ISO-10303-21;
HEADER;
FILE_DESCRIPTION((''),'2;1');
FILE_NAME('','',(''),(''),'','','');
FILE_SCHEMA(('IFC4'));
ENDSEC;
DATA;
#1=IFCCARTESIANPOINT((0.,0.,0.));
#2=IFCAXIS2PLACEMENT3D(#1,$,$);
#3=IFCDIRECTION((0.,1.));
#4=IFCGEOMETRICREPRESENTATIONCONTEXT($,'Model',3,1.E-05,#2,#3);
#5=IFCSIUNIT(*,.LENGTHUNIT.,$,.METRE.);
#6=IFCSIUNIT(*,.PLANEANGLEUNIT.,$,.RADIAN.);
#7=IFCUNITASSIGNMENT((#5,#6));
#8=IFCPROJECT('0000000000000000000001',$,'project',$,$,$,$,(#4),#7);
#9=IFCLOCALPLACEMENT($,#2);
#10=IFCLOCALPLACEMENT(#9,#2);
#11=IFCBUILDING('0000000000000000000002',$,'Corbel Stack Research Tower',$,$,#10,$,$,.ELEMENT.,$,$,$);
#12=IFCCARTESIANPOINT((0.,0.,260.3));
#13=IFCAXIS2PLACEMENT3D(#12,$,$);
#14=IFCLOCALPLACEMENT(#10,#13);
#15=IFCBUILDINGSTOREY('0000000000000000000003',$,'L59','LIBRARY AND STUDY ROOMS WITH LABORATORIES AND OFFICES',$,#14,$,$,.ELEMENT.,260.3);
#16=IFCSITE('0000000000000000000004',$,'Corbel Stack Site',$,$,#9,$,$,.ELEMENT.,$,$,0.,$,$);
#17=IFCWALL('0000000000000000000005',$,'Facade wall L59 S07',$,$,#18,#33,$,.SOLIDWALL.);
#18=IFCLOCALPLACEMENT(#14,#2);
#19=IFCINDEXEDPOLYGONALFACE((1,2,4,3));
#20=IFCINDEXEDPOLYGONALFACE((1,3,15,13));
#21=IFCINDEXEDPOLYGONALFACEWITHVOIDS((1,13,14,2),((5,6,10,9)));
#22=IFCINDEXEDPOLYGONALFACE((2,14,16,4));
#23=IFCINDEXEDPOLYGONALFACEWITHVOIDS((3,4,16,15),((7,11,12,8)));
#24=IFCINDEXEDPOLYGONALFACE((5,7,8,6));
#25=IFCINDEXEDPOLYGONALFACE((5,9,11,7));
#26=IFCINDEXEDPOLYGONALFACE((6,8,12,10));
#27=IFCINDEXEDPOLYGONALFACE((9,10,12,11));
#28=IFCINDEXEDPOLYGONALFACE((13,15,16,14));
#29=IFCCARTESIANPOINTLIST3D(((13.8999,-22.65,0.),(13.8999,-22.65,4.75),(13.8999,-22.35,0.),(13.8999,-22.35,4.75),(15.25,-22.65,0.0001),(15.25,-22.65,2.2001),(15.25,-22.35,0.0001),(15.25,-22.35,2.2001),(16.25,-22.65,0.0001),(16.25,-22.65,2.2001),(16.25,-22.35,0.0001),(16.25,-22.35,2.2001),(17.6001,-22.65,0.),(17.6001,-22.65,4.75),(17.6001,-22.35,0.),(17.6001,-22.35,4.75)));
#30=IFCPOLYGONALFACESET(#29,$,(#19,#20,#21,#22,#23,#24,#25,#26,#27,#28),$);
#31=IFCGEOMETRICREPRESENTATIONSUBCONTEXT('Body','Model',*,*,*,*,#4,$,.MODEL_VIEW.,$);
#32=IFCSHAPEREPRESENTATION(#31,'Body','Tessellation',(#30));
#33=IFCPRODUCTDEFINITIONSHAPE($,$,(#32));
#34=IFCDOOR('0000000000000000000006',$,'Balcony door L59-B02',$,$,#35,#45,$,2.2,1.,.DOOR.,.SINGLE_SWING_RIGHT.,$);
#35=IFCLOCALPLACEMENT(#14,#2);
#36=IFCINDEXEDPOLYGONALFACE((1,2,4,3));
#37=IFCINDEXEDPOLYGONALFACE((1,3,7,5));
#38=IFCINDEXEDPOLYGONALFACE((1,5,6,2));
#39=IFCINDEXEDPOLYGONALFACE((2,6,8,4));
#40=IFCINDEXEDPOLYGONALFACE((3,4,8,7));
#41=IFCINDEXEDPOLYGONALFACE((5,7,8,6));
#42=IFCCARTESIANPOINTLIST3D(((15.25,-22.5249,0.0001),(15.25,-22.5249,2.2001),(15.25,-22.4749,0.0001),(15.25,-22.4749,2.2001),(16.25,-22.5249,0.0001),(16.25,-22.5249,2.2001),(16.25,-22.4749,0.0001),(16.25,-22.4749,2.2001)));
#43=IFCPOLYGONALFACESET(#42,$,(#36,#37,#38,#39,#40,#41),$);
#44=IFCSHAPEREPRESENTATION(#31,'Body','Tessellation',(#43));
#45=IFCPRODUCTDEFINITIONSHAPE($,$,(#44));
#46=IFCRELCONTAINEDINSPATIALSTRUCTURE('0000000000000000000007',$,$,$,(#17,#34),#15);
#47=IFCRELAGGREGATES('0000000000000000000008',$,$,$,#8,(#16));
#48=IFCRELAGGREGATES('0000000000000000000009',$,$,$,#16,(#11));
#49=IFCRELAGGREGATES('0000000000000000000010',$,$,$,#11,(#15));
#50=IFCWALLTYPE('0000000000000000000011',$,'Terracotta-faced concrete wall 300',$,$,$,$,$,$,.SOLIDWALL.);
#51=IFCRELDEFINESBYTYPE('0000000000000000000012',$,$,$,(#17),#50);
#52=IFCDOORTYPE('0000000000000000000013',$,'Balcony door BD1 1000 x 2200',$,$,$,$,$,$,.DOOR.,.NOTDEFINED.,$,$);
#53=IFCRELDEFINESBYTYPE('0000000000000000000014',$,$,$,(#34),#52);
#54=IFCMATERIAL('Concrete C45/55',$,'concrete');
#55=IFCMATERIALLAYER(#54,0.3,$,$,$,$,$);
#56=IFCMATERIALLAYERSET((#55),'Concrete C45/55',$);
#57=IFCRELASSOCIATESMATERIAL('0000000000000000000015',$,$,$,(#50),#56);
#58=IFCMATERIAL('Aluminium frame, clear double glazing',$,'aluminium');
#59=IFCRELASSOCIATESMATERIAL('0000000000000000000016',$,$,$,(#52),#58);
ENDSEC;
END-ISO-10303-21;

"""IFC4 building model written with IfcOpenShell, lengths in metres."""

from ifc_helpers import new_model, si_unit, direction, frame, frame_2d, origin, place, context, subcontext, project, spatial, rectangle, extrude, material, layer, layer_set, type_object, element, fill, save


model = new_model("IFC4")

# Units and contexts
model_context = context("Model", 3, precision=1e-05, world=origin(), true_north=direction((0.0, 1.0)))
body_context = subcontext(model_context, "Body", "Model", "MODEL_VIEW")
ifc_project = project(units=[si_unit("LENGTHUNIT", "METRE"), si_unit("PLANEANGLEUNIT", "RADIAN")], contexts=[model_context])

# Site, building, storey
site_placement = place(None, origin())
site = spatial("IfcSite", under=ifc_project, at=site_placement, Name="Corbel Stack Site", CompositionType="ELEMENT", RefElevation=0.0)
building_placement = place(site_placement, origin())
building = spatial("IfcBuilding", under=site, at=building_placement, Name="Corbel Stack Research Tower", CompositionType="ELEMENT")
storey_placement = place(building_placement, frame((0.0, 0.0, 260.3)))
storey = spatial("IfcBuildingStorey", under=building, at=storey_placement, Name="L59", Description="LIBRARY AND STUDY ROOMS WITH LABORATORIES AND OFFICES", CompositionType="ELEMENT", Elevation=260.3)

# Wall, opening, door
ifc_material_1 = material(Name="Concrete C45/55", Category="concrete")
ifc_layer_1 = layer(ifc_material_1, 0.3)
ifc_layer_set_1 = layer_set([ifc_layer_1], Name="Concrete C45/55")
wall_type_1 = type_object("IfcWallType", Name="Terracotta-faced concrete wall 300", PredefinedType="SOLIDWALL", material=ifc_layer_set_1)
wall_1_placement = place(storey_placement, frame((17.6001, -22.5, 0.0), z_axis=(0.0, 0.0, 1.0), x_axis=(-1.0, 0.0, 0.0)))
wall_1 = element("IfcWall", 1, at=wall_1_placement, inside=storey, type_object=wall_type_1, Name="Facade wall L59 S07", PredefinedType="SOLIDWALL", context=body_context, shape_type="SweptSolid", body=[
    extrude(rectangle(XDim=3.7002, YDim=0.3, at=frame_2d((1.8501, 0.0))), origin(), (0.0, 0.0, 1.0), 4.75),
])
opening_1_placement = place(wall_1_placement, frame((1.3501, 0.0, 0.0)))
opening_1 = element("IfcOpeningElement", 2, at=opening_1_placement, cuts=wall_1, PredefinedType="OPENING", context=body_context, shape_type="SweptSolid", body=[
    extrude(rectangle(XDim=1.0, YDim=2.2, at=frame_2d((0.5, 1.1001))), frame((0.0, 0.1599, 0.0), z_axis=(0.0, -1.0, 0.0), x_axis=(1.0, 0.0, 0.0)), (0.0, 0.0, 1.0), 0.3201),
])
ifc_material_2 = material(Name="Aluminium frame, clear double glazing", Category="aluminium")
door_type_1 = type_object("IfcDoorType", Name="Balcony door BD1 1000 x 2200", OperationType="NOTDEFINED", PredefinedType="DOOR", material=ifc_material_2)
door_1_placement = place(opening_1_placement, origin())
door_1 = element("IfcDoor", 3, at=door_1_placement, inside=storey, type_object=door_type_1, Name="Balcony door L59-B02", OperationType="SINGLE_SWING_RIGHT", OverallHeight=2.2, OverallWidth=1.0, PredefinedType="DOOR", context=body_context, shape_type="SweptSolid", body=[
    extrude(rectangle(XDim=1.0, YDim=2.2, at=frame_2d((0.5, 1.1001))), frame((0.0, 0.0249, 0.0), z_axis=(0.0, -1.0, 0.0), x_axis=(1.0, 0.0, 0.0)), (0.0, 0.0, 1.0), 0.05),
])
fill(opening_1, door_1)

save(model, "model.ifc")
